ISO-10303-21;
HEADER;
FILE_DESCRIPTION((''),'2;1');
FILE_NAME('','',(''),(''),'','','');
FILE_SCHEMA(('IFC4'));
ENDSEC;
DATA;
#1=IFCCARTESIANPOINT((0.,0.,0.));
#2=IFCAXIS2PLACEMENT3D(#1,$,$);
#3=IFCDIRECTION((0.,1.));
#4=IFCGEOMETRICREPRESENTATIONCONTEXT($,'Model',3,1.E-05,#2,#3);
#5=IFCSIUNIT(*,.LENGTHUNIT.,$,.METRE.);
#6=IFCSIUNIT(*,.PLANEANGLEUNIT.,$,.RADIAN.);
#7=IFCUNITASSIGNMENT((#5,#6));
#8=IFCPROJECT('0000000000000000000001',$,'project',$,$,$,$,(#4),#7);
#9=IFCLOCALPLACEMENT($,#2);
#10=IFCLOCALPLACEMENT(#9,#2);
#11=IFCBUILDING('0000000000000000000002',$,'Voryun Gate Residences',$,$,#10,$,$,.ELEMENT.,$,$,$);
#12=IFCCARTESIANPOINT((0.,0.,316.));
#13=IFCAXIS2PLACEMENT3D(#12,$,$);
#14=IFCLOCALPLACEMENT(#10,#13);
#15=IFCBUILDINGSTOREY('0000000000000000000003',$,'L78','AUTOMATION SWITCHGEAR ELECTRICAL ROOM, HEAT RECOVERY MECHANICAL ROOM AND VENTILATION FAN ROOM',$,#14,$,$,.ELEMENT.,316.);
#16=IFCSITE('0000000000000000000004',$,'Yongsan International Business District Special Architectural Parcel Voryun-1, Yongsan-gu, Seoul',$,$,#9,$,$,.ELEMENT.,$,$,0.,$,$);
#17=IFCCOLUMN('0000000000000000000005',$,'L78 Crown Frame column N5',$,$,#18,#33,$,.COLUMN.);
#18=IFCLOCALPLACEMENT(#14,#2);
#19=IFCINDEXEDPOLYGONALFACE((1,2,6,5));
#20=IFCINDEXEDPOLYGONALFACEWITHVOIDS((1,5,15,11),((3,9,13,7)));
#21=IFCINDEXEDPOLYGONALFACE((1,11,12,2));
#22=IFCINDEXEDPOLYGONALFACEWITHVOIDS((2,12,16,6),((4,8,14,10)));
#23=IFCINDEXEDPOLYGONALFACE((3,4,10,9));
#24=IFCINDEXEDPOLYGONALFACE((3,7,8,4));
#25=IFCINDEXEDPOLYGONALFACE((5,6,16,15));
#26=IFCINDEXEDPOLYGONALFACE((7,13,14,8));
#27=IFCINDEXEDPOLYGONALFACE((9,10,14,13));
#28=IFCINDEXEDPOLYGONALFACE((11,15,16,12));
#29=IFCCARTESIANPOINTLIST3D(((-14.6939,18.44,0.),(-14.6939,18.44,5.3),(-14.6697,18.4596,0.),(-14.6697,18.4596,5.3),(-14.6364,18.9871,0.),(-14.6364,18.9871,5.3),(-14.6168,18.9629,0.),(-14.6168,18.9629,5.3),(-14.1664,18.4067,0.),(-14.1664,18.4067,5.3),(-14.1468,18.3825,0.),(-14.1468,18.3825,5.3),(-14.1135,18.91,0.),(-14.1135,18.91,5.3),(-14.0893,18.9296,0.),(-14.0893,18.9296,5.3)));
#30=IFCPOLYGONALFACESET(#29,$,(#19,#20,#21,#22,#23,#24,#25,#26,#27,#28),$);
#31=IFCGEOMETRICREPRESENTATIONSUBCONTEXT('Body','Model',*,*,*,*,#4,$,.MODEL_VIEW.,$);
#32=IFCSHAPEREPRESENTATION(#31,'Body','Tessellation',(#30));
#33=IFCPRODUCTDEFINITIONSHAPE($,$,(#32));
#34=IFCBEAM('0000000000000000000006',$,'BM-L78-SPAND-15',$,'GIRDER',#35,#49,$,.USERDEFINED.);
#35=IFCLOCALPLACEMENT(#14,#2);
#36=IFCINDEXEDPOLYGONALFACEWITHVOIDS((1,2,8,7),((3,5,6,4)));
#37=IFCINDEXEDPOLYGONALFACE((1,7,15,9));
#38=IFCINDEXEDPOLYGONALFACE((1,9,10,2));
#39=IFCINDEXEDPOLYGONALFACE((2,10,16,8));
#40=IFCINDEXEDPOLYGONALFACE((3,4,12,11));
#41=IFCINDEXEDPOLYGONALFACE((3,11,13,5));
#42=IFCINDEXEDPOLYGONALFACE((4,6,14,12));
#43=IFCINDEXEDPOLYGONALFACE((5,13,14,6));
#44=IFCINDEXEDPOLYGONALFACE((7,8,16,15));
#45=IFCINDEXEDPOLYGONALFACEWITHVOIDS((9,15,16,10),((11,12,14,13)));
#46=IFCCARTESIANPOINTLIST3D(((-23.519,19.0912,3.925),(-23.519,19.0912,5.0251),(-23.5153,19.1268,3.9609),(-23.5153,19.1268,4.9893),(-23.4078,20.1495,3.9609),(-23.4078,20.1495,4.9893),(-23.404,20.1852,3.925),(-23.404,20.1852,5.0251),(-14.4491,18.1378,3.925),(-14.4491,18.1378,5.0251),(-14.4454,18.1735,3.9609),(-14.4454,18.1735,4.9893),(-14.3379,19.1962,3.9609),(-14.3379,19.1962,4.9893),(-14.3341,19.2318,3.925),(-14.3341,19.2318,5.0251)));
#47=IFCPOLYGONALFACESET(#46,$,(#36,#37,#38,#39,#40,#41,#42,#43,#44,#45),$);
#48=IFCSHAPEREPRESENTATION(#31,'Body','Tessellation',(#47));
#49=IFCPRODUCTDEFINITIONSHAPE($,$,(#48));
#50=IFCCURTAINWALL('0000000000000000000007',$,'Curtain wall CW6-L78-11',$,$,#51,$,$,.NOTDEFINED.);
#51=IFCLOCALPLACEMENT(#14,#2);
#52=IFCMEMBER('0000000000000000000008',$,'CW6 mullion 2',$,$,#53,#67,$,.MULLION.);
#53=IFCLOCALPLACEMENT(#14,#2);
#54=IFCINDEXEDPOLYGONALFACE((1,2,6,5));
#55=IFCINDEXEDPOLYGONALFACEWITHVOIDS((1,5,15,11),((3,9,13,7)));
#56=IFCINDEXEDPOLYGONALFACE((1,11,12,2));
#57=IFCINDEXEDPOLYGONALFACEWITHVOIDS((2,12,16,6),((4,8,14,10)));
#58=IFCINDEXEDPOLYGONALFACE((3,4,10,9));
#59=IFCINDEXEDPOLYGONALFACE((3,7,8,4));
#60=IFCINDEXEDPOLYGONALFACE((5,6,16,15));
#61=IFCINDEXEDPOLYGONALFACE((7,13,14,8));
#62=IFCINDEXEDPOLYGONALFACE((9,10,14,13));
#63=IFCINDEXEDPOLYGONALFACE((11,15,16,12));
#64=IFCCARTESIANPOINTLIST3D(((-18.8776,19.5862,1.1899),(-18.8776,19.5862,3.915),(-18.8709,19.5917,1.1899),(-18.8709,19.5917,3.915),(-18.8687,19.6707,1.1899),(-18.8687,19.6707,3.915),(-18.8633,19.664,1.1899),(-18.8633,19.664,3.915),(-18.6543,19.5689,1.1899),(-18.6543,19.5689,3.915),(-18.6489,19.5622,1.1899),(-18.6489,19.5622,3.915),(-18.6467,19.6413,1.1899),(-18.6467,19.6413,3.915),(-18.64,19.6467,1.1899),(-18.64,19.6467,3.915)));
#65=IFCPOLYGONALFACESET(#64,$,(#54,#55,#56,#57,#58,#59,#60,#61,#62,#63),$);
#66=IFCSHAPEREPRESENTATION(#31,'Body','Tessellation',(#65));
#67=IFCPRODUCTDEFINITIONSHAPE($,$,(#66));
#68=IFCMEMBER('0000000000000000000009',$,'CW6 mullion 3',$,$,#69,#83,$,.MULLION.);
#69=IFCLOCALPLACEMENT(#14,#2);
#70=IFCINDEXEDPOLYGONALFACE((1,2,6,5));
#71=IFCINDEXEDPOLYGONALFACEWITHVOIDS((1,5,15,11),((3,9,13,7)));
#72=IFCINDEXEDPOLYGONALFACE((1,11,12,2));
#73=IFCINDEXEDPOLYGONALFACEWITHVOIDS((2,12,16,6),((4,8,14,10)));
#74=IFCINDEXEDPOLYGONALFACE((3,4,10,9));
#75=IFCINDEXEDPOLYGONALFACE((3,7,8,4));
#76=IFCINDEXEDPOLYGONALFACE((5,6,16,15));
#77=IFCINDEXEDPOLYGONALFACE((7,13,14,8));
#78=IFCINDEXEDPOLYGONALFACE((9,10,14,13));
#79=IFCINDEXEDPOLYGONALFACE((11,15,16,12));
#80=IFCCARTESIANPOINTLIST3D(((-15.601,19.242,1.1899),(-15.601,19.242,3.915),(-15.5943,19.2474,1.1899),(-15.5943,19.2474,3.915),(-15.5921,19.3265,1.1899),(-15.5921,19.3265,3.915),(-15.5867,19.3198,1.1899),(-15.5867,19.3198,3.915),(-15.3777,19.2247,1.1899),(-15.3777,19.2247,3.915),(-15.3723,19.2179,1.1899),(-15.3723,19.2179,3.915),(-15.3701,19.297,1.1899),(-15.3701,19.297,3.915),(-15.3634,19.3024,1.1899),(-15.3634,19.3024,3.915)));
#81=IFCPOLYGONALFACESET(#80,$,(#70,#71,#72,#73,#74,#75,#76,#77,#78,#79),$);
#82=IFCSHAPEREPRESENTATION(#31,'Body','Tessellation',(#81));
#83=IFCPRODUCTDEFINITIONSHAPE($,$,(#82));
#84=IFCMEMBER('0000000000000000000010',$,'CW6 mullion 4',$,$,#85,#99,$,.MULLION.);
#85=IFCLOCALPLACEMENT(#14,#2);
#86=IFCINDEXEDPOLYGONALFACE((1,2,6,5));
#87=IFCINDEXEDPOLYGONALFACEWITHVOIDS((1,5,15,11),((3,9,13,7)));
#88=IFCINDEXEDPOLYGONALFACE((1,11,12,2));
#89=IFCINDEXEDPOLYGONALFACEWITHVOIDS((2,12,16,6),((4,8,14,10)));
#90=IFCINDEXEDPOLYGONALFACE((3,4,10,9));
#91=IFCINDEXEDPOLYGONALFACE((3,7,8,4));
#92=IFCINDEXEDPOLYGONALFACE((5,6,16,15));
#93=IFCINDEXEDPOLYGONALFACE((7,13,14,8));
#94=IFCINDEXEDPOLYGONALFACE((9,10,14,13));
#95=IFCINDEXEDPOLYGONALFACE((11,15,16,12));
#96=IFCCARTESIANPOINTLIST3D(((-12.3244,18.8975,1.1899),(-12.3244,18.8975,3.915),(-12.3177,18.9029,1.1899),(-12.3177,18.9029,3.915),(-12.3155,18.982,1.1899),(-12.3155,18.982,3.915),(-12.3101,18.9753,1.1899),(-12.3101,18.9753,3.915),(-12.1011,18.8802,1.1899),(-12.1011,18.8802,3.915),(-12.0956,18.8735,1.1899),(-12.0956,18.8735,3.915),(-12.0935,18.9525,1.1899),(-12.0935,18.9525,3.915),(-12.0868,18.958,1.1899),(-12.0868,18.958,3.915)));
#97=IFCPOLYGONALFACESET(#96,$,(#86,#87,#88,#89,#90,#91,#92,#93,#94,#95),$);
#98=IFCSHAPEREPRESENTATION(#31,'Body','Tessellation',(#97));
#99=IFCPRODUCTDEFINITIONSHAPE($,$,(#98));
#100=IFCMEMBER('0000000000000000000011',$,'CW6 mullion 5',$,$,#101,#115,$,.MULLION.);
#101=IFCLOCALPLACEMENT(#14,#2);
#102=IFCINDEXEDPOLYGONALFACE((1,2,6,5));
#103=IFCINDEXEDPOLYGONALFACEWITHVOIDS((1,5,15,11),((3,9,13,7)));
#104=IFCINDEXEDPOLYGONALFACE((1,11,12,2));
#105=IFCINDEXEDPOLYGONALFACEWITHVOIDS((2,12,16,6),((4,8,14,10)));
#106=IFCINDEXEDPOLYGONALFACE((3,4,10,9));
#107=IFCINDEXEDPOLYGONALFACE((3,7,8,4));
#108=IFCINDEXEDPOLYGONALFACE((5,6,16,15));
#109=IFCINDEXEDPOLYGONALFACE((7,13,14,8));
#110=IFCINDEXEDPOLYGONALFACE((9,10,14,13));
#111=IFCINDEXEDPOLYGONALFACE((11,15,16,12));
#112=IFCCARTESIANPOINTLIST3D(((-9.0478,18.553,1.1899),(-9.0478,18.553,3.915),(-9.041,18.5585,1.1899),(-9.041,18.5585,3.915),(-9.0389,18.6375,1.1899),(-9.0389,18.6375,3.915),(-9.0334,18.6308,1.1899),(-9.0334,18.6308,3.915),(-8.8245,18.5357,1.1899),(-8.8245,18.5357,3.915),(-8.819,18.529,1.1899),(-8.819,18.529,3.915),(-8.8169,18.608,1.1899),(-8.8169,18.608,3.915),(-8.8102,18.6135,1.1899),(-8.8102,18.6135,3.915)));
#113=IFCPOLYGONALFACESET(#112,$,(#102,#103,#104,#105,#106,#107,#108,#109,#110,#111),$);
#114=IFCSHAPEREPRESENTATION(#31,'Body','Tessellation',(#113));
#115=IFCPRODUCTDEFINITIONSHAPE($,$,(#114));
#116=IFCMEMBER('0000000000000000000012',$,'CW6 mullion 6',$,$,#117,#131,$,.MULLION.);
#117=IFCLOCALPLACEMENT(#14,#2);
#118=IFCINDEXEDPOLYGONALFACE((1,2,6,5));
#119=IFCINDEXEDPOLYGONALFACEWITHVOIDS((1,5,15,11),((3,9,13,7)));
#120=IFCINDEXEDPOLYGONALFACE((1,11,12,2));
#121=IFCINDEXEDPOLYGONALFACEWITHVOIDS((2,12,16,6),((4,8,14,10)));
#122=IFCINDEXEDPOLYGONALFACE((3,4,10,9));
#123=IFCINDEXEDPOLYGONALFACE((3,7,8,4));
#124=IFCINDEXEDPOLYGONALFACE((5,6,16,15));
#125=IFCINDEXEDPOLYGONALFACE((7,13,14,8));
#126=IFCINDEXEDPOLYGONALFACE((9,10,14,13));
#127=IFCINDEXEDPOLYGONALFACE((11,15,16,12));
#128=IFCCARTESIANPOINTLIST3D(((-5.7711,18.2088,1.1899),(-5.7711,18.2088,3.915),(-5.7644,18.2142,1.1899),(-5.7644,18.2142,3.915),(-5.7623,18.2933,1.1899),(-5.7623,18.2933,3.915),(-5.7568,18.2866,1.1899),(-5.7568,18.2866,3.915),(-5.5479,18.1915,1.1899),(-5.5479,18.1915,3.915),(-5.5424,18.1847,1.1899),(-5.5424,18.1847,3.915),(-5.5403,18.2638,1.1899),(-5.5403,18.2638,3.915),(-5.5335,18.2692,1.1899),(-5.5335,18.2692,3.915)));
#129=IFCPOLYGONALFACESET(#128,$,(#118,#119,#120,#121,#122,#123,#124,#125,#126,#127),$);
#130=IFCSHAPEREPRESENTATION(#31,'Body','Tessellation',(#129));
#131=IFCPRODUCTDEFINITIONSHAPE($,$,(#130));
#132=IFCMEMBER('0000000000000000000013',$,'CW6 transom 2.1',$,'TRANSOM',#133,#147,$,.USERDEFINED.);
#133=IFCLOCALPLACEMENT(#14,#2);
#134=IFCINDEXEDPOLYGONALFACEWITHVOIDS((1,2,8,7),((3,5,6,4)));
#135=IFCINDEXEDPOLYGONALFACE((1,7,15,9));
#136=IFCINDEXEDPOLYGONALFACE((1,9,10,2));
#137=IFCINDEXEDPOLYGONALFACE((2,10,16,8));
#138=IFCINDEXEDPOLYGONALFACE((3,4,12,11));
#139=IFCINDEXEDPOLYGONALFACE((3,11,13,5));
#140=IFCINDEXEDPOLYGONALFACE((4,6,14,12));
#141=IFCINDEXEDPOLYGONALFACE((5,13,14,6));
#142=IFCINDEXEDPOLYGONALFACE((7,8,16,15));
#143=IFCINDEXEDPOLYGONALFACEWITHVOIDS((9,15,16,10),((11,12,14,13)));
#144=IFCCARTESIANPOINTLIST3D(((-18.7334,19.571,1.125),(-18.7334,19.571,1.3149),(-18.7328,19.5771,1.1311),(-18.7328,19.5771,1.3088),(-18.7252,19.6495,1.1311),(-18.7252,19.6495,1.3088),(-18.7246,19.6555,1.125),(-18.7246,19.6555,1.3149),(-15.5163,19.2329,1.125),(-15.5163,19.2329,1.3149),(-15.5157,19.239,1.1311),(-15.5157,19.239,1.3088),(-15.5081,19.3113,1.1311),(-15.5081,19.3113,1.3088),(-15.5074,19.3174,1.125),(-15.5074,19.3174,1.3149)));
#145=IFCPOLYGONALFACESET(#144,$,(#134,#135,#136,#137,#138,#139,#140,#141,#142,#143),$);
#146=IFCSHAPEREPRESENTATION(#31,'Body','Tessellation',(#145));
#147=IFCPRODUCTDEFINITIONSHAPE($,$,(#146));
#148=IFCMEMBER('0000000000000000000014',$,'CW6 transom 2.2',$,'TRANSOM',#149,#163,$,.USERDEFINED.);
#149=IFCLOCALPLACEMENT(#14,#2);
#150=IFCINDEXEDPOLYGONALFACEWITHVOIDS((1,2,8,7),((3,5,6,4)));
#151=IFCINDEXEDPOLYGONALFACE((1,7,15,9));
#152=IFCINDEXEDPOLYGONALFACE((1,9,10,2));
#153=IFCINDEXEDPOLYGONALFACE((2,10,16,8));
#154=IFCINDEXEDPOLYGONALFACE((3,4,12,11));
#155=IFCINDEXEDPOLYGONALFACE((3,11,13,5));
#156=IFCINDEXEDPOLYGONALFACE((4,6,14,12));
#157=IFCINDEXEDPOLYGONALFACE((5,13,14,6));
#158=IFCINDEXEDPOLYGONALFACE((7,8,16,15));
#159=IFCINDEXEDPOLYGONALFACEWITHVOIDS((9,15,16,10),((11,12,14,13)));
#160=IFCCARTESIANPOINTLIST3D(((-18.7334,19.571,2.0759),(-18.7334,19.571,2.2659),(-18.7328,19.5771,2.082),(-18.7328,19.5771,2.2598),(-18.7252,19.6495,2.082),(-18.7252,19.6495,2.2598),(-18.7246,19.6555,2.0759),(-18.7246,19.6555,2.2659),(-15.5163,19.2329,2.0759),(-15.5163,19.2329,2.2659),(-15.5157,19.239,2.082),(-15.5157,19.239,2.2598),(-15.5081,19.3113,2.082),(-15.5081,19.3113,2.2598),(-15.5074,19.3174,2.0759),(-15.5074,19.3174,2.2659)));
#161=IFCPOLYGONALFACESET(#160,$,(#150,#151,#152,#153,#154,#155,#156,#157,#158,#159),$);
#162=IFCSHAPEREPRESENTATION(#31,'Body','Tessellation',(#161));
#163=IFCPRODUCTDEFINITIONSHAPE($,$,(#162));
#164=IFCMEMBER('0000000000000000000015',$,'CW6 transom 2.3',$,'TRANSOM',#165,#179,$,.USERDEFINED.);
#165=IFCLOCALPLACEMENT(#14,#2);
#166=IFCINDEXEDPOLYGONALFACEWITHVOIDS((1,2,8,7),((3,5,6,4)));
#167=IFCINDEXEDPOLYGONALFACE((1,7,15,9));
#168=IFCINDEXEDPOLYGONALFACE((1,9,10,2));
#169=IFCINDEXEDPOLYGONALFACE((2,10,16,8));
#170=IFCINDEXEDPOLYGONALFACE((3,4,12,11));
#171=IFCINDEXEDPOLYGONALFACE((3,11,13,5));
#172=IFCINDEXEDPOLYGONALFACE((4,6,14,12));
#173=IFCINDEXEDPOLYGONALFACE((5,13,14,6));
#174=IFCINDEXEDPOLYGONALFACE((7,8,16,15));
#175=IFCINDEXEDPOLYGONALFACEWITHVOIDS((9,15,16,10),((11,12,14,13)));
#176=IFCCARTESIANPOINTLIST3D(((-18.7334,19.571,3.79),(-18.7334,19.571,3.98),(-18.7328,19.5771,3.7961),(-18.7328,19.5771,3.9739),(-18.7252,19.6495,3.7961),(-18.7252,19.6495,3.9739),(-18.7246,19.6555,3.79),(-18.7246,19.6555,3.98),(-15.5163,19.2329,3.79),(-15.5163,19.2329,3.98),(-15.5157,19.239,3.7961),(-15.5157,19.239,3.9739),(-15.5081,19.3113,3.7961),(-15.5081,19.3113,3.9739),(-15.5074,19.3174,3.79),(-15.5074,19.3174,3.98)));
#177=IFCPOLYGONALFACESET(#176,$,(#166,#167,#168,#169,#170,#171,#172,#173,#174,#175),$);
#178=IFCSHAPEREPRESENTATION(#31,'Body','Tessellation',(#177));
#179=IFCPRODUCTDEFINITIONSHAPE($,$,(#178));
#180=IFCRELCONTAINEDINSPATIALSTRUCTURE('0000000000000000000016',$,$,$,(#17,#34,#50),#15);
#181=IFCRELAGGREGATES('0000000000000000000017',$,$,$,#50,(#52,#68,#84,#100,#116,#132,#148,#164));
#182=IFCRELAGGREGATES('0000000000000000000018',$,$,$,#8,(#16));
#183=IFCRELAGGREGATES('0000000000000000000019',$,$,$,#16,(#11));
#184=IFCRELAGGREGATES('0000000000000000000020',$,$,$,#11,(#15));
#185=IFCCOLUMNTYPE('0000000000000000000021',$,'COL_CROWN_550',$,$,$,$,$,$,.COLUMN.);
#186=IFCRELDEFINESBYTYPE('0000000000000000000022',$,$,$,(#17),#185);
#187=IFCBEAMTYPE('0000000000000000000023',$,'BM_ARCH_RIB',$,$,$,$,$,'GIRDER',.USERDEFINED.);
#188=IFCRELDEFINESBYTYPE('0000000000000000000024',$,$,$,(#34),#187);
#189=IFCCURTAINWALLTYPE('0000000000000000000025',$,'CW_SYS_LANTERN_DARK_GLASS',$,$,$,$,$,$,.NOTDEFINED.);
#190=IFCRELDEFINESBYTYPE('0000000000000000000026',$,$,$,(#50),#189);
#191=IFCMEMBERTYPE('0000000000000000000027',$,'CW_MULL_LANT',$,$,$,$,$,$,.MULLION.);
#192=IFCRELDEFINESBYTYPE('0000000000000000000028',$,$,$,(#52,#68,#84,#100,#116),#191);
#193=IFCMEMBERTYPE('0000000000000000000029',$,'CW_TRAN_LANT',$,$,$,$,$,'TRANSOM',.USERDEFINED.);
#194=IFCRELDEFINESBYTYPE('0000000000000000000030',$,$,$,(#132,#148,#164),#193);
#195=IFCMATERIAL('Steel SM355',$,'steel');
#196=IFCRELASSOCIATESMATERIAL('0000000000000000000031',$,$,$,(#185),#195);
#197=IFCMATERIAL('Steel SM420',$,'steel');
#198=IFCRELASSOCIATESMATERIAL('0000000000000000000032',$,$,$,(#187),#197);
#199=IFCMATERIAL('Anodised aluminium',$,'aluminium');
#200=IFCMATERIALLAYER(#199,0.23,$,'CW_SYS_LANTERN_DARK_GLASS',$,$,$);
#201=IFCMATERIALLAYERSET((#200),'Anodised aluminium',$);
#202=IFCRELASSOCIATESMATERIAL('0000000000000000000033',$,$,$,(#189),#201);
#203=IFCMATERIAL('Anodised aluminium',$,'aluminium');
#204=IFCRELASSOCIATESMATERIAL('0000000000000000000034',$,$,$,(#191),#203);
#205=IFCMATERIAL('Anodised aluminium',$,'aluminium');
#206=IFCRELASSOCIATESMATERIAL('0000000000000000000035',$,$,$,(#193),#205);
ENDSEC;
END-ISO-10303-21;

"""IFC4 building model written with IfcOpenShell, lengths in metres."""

from ifc_helpers import new_model, si_unit, direction, frame, origin, origin_2d, place, context, subcontext, project, spatial, hollow_rectangle, extrude, material, layer, layer_set, material_profile, profile_set, type_object, element, aggregate, save


model = new_model("IFC4")

# Units and contexts
model_context = context("Model", 3, precision=1e-05, world=origin(), true_north=direction((0.0, 1.0)))
body_context = subcontext(model_context, "Body", "Model", "MODEL_VIEW")
ifc_project = project(units=[si_unit("LENGTHUNIT", "METRE"), si_unit("PLANEANGLEUNIT", "RADIAN")], contexts=[model_context])

# Site, building, storey
site_placement = place(None, origin())
site = spatial("IfcSite", under=ifc_project, at=site_placement, Name="Yongsan International Business District Special Architectural Parcel Voryun-1, Yongsan-gu, Seoul", CompositionType="ELEMENT", RefElevation=0.0)
building_placement = place(site_placement, origin())
building = spatial("IfcBuilding", under=site, at=building_placement, Name="Voryun Gate Residences", CompositionType="ELEMENT")
storey_placement = place(building_placement, frame((0.0, 0.0, 316.0)))
storey = spatial("IfcBuildingStorey", under=building, at=storey_placement, Name="L78", Description="AUTOMATION SWITCHGEAR ELECTRICAL ROOM, HEAT RECOVERY MECHANICAL ROOM AND VENTILATION FAN ROOM", CompositionType="ELEMENT", Elevation=316.0)

# Column
ifc_material_1 = material(Name="Steel SM355", Category="steel")
ifc_material_profile_1 = material_profile(ifc_material_1, hollow_rectangle(XDim=0.55, YDim=0.55, WallThickness=0.022, at=origin_2d()), Name="BOX-550x550x22")
ifc_profile_set_1 = profile_set([ifc_material_profile_1], Name="Steel SM355")
column_type = type_object("IfcColumnType", Name="COL_CROWN_550", PredefinedType="COLUMN", material=ifc_profile_set_1)
column_placement = place(storey_placement, frame((-14.3916, 18.6848, 0.0), z_axis=(0.0, 0.0, 1.0), x_axis=(0.994522, -0.104528, 0.0)))
element("IfcColumn", 1, at=column_placement, inside=storey, type_object=column_type, Name="L78 Crown Frame column N5", PredefinedType="COLUMN", context=body_context, shape_type="SweptSolid", body=[
    extrude(hollow_rectangle(XDim=0.55, YDim=0.55, WallThickness=0.022, at=origin_2d()), origin(), (0.0, 0.0, 1.0), 5.3),
])

# Beam
ifc_material_2 = material(Name="Steel SM420", Category="steel")
ifc_material_profile_2 = material_profile(ifc_material_2, hollow_rectangle(XDim=1.1001, YDim=1.1001, WallThickness=0.0359, at=origin_2d()), Name="BOX-1100x1100x36")
ifc_profile_set_2 = profile_set([ifc_material_profile_2], Name="Steel SM420")
beam_type = type_object("IfcBeamType", Name="BM_ARCH_RIB", ElementType="GIRDER", PredefinedType="USERDEFINED", material=ifc_profile_set_2)
beam_placement = place(storey_placement, frame((-14.3916, 18.6848, 4.4751), z_axis=(-0.994521, 0.104538, 0.0), x_axis=(-0.104538, -0.994521, 0.0)))
element("IfcBeam", 2, at=beam_placement, inside=storey, type_object=beam_type, Name="BM-L78-SPAND-15", ObjectType="GIRDER", PredefinedType="USERDEFINED", context=body_context, shape_type="SweptSolid", body=[
    extrude(hollow_rectangle(XDim=1.1001, YDim=1.1001, WallThickness=0.0359, at=origin_2d()), origin(), (0.0, 0.0, 1.0), 9.1199),
])

# Curtain wall, members
ifc_material_3 = material(Name="Anodised aluminium", Category="aluminium")
ifc_layer_1 = layer(ifc_material_3, 0.23, Name="CW_SYS_LANTERN_DARK_GLASS")
ifc_layer_set_1 = layer_set([ifc_layer_1], Name="Anodised aluminium")
curtain_wall_type = type_object("IfcCurtainWallType", Name="CW_SYS_LANTERN_DARK_GLASS", PredefinedType="NOTDEFINED", material=ifc_layer_set_1)
curtain_wall_placement = place(storey_placement, origin())
curtain_wall = element("IfcCurtainWall", 3, at=curtain_wall_placement, inside=storey, type_object=curtain_wall_type, Name="Curtain wall CW6-L78-11", PredefinedType="NOTDEFINED")
ifc_material_4 = material(Name="Anodised aluminium", Category="aluminium")
ifc_material_profile_3 = material_profile(ifc_material_4, hollow_rectangle(XDim=0.085, YDim=0.23, WallThickness=0.0061, at=origin_2d()), Name="ALU-MULL-230x85x6")
ifc_profile_set_3 = profile_set([ifc_material_profile_3], Name="Anodised aluminium")
member_type_1 = type_object("IfcMemberType", Name="CW_MULL_LANT", PredefinedType="MULLION", material=ifc_profile_set_3)
member_1_placement = place(storey_placement, frame((-18.7588, 19.6165, 1.1899), z_axis=(0.0, 0.0, 1.0), x_axis=(0.104528, 0.994522, 0.0)))
member_1 = element("IfcMember", 4, at=member_1_placement, type_object=member_type_1, Name="CW6 mullion 2", PredefinedType="MULLION", context=body_context, shape_type="SweptSolid", body=[
    extrude(hollow_rectangle(XDim=0.085, YDim=0.23, WallThickness=0.0061, at=origin_2d()), origin(), (0.0, 0.0, 1.0), 2.7251),
])
member_2_placement = place(storey_placement, frame((-15.4822, 19.2722, 1.1899), z_axis=(0.0, 0.0, 1.0), x_axis=(0.104528, 0.994522, 0.0)))
member_2 = element("IfcMember", 5, at=member_2_placement, type_object=member_type_1, Name="CW6 mullion 3", PredefinedType="MULLION", context=body_context, shape_type="SweptSolid", body=[
    extrude(hollow_rectangle(XDim=0.085, YDim=0.23, WallThickness=0.0061, at=origin_2d()), origin(), (0.0, 0.0, 1.0), 2.7251),
])
member_3_placement = place(storey_placement, frame((-12.2056, 18.9277, 1.1899), z_axis=(0.0, 0.0, 1.0), x_axis=(0.104528, 0.994522, 0.0)))
member_3 = element("IfcMember", 6, at=member_3_placement, type_object=member_type_1, Name="CW6 mullion 4", PredefinedType="MULLION", context=body_context, shape_type="SweptSolid", body=[
    extrude(hollow_rectangle(XDim=0.085, YDim=0.23, WallThickness=0.0061, at=origin_2d()), origin(), (0.0, 0.0, 1.0), 2.7251),
])
member_4_placement = place(storey_placement, frame((-8.929, 18.5833, 1.1899), z_axis=(0.0, 0.0, 1.0), x_axis=(0.104528, 0.994522, 0.0)))
member_4 = element("IfcMember", 7, at=member_4_placement, type_object=member_type_1, Name="CW6 mullion 5", PredefinedType="MULLION", context=body_context, shape_type="SweptSolid", body=[
    extrude(hollow_rectangle(XDim=0.085, YDim=0.23, WallThickness=0.0061, at=origin_2d()), origin(), (0.0, 0.0, 1.0), 2.7251),
])
member_5_placement = place(storey_placement, frame((-5.6523, 18.239, 1.1899), z_axis=(0.0, 0.0, 1.0), x_axis=(0.104528, 0.994522, 0.0)))
member_5 = element("IfcMember", 8, at=member_5_placement, type_object=member_type_1, Name="CW6 mullion 6", PredefinedType="MULLION", context=body_context, shape_type="SweptSolid", body=[
    extrude(hollow_rectangle(XDim=0.085, YDim=0.23, WallThickness=0.0061, at=origin_2d()), origin(), (0.0, 0.0, 1.0), 2.7251),
])
ifc_material_5 = material(Name="Anodised aluminium", Category="aluminium")
ifc_material_profile_4 = material_profile(ifc_material_5, hollow_rectangle(XDim=0.085, YDim=0.1899, WallThickness=0.0061, at=origin_2d()), Name="ALU-TRAN-190x85x6")
ifc_profile_set_4 = profile_set([ifc_material_profile_4], Name="Anodised aluminium")
member_type_2 = type_object("IfcMemberType", Name="CW_TRAN_LANT", ElementType="TRANSOM", PredefinedType="USERDEFINED", material=ifc_profile_set_4)
member_6_placement = place(storey_placement, frame((-18.729, 19.6133, 1.22), z_axis=(0.994522, -0.104532, 0.0), x_axis=(0.104532, 0.994522, 0.0)))
member_6 = element("IfcMember", 9, at=member_6_placement, type_object=member_type_2, Name="CW6 transom 2.1", ObjectType="TRANSOM", PredefinedType="USERDEFINED", context=body_context, shape_type="SweptSolid", body=[
    extrude(hollow_rectangle(XDim=0.085, YDim=0.1899, WallThickness=0.0061, at=origin_2d()), origin(), (0.0, 0.0, 1.0), 3.2349),
])
member_7_placement = place(storey_placement, frame((-18.729, 19.6133, 2.1709), z_axis=(0.994522, -0.104532, 0.0), x_axis=(0.104532, 0.994522, 0.0)))
member_7 = element("IfcMember", 10, at=member_7_placement, type_object=member_type_2, Name="CW6 transom 2.2", ObjectType="TRANSOM", PredefinedType="USERDEFINED", context=body_context, shape_type="SweptSolid", body=[
    extrude(hollow_rectangle(XDim=0.085, YDim=0.1899, WallThickness=0.0061, at=origin_2d()), origin(), (0.0, 0.0, 1.0), 3.2349),
])
member_8_placement = place(storey_placement, frame((-18.729, 19.6133, 3.885), z_axis=(0.994522, -0.104532, 0.0), x_axis=(0.104532, 0.994522, 0.0)))
member_8 = element("IfcMember", 11, at=member_8_placement, type_object=member_type_2, Name="CW6 transom 2.3", ObjectType="TRANSOM", PredefinedType="USERDEFINED", context=body_context, shape_type="SweptSolid", body=[
    extrude(hollow_rectangle(XDim=0.085, YDim=0.1899, WallThickness=0.0061, at=origin_2d()), origin(), (0.0, 0.0, 1.0), 3.2349),
])

aggregate(curtain_wall, [member_1, member_2, member_3, member_4, member_5, member_6, member_7, member_8])

save(model, "model.ifc")
